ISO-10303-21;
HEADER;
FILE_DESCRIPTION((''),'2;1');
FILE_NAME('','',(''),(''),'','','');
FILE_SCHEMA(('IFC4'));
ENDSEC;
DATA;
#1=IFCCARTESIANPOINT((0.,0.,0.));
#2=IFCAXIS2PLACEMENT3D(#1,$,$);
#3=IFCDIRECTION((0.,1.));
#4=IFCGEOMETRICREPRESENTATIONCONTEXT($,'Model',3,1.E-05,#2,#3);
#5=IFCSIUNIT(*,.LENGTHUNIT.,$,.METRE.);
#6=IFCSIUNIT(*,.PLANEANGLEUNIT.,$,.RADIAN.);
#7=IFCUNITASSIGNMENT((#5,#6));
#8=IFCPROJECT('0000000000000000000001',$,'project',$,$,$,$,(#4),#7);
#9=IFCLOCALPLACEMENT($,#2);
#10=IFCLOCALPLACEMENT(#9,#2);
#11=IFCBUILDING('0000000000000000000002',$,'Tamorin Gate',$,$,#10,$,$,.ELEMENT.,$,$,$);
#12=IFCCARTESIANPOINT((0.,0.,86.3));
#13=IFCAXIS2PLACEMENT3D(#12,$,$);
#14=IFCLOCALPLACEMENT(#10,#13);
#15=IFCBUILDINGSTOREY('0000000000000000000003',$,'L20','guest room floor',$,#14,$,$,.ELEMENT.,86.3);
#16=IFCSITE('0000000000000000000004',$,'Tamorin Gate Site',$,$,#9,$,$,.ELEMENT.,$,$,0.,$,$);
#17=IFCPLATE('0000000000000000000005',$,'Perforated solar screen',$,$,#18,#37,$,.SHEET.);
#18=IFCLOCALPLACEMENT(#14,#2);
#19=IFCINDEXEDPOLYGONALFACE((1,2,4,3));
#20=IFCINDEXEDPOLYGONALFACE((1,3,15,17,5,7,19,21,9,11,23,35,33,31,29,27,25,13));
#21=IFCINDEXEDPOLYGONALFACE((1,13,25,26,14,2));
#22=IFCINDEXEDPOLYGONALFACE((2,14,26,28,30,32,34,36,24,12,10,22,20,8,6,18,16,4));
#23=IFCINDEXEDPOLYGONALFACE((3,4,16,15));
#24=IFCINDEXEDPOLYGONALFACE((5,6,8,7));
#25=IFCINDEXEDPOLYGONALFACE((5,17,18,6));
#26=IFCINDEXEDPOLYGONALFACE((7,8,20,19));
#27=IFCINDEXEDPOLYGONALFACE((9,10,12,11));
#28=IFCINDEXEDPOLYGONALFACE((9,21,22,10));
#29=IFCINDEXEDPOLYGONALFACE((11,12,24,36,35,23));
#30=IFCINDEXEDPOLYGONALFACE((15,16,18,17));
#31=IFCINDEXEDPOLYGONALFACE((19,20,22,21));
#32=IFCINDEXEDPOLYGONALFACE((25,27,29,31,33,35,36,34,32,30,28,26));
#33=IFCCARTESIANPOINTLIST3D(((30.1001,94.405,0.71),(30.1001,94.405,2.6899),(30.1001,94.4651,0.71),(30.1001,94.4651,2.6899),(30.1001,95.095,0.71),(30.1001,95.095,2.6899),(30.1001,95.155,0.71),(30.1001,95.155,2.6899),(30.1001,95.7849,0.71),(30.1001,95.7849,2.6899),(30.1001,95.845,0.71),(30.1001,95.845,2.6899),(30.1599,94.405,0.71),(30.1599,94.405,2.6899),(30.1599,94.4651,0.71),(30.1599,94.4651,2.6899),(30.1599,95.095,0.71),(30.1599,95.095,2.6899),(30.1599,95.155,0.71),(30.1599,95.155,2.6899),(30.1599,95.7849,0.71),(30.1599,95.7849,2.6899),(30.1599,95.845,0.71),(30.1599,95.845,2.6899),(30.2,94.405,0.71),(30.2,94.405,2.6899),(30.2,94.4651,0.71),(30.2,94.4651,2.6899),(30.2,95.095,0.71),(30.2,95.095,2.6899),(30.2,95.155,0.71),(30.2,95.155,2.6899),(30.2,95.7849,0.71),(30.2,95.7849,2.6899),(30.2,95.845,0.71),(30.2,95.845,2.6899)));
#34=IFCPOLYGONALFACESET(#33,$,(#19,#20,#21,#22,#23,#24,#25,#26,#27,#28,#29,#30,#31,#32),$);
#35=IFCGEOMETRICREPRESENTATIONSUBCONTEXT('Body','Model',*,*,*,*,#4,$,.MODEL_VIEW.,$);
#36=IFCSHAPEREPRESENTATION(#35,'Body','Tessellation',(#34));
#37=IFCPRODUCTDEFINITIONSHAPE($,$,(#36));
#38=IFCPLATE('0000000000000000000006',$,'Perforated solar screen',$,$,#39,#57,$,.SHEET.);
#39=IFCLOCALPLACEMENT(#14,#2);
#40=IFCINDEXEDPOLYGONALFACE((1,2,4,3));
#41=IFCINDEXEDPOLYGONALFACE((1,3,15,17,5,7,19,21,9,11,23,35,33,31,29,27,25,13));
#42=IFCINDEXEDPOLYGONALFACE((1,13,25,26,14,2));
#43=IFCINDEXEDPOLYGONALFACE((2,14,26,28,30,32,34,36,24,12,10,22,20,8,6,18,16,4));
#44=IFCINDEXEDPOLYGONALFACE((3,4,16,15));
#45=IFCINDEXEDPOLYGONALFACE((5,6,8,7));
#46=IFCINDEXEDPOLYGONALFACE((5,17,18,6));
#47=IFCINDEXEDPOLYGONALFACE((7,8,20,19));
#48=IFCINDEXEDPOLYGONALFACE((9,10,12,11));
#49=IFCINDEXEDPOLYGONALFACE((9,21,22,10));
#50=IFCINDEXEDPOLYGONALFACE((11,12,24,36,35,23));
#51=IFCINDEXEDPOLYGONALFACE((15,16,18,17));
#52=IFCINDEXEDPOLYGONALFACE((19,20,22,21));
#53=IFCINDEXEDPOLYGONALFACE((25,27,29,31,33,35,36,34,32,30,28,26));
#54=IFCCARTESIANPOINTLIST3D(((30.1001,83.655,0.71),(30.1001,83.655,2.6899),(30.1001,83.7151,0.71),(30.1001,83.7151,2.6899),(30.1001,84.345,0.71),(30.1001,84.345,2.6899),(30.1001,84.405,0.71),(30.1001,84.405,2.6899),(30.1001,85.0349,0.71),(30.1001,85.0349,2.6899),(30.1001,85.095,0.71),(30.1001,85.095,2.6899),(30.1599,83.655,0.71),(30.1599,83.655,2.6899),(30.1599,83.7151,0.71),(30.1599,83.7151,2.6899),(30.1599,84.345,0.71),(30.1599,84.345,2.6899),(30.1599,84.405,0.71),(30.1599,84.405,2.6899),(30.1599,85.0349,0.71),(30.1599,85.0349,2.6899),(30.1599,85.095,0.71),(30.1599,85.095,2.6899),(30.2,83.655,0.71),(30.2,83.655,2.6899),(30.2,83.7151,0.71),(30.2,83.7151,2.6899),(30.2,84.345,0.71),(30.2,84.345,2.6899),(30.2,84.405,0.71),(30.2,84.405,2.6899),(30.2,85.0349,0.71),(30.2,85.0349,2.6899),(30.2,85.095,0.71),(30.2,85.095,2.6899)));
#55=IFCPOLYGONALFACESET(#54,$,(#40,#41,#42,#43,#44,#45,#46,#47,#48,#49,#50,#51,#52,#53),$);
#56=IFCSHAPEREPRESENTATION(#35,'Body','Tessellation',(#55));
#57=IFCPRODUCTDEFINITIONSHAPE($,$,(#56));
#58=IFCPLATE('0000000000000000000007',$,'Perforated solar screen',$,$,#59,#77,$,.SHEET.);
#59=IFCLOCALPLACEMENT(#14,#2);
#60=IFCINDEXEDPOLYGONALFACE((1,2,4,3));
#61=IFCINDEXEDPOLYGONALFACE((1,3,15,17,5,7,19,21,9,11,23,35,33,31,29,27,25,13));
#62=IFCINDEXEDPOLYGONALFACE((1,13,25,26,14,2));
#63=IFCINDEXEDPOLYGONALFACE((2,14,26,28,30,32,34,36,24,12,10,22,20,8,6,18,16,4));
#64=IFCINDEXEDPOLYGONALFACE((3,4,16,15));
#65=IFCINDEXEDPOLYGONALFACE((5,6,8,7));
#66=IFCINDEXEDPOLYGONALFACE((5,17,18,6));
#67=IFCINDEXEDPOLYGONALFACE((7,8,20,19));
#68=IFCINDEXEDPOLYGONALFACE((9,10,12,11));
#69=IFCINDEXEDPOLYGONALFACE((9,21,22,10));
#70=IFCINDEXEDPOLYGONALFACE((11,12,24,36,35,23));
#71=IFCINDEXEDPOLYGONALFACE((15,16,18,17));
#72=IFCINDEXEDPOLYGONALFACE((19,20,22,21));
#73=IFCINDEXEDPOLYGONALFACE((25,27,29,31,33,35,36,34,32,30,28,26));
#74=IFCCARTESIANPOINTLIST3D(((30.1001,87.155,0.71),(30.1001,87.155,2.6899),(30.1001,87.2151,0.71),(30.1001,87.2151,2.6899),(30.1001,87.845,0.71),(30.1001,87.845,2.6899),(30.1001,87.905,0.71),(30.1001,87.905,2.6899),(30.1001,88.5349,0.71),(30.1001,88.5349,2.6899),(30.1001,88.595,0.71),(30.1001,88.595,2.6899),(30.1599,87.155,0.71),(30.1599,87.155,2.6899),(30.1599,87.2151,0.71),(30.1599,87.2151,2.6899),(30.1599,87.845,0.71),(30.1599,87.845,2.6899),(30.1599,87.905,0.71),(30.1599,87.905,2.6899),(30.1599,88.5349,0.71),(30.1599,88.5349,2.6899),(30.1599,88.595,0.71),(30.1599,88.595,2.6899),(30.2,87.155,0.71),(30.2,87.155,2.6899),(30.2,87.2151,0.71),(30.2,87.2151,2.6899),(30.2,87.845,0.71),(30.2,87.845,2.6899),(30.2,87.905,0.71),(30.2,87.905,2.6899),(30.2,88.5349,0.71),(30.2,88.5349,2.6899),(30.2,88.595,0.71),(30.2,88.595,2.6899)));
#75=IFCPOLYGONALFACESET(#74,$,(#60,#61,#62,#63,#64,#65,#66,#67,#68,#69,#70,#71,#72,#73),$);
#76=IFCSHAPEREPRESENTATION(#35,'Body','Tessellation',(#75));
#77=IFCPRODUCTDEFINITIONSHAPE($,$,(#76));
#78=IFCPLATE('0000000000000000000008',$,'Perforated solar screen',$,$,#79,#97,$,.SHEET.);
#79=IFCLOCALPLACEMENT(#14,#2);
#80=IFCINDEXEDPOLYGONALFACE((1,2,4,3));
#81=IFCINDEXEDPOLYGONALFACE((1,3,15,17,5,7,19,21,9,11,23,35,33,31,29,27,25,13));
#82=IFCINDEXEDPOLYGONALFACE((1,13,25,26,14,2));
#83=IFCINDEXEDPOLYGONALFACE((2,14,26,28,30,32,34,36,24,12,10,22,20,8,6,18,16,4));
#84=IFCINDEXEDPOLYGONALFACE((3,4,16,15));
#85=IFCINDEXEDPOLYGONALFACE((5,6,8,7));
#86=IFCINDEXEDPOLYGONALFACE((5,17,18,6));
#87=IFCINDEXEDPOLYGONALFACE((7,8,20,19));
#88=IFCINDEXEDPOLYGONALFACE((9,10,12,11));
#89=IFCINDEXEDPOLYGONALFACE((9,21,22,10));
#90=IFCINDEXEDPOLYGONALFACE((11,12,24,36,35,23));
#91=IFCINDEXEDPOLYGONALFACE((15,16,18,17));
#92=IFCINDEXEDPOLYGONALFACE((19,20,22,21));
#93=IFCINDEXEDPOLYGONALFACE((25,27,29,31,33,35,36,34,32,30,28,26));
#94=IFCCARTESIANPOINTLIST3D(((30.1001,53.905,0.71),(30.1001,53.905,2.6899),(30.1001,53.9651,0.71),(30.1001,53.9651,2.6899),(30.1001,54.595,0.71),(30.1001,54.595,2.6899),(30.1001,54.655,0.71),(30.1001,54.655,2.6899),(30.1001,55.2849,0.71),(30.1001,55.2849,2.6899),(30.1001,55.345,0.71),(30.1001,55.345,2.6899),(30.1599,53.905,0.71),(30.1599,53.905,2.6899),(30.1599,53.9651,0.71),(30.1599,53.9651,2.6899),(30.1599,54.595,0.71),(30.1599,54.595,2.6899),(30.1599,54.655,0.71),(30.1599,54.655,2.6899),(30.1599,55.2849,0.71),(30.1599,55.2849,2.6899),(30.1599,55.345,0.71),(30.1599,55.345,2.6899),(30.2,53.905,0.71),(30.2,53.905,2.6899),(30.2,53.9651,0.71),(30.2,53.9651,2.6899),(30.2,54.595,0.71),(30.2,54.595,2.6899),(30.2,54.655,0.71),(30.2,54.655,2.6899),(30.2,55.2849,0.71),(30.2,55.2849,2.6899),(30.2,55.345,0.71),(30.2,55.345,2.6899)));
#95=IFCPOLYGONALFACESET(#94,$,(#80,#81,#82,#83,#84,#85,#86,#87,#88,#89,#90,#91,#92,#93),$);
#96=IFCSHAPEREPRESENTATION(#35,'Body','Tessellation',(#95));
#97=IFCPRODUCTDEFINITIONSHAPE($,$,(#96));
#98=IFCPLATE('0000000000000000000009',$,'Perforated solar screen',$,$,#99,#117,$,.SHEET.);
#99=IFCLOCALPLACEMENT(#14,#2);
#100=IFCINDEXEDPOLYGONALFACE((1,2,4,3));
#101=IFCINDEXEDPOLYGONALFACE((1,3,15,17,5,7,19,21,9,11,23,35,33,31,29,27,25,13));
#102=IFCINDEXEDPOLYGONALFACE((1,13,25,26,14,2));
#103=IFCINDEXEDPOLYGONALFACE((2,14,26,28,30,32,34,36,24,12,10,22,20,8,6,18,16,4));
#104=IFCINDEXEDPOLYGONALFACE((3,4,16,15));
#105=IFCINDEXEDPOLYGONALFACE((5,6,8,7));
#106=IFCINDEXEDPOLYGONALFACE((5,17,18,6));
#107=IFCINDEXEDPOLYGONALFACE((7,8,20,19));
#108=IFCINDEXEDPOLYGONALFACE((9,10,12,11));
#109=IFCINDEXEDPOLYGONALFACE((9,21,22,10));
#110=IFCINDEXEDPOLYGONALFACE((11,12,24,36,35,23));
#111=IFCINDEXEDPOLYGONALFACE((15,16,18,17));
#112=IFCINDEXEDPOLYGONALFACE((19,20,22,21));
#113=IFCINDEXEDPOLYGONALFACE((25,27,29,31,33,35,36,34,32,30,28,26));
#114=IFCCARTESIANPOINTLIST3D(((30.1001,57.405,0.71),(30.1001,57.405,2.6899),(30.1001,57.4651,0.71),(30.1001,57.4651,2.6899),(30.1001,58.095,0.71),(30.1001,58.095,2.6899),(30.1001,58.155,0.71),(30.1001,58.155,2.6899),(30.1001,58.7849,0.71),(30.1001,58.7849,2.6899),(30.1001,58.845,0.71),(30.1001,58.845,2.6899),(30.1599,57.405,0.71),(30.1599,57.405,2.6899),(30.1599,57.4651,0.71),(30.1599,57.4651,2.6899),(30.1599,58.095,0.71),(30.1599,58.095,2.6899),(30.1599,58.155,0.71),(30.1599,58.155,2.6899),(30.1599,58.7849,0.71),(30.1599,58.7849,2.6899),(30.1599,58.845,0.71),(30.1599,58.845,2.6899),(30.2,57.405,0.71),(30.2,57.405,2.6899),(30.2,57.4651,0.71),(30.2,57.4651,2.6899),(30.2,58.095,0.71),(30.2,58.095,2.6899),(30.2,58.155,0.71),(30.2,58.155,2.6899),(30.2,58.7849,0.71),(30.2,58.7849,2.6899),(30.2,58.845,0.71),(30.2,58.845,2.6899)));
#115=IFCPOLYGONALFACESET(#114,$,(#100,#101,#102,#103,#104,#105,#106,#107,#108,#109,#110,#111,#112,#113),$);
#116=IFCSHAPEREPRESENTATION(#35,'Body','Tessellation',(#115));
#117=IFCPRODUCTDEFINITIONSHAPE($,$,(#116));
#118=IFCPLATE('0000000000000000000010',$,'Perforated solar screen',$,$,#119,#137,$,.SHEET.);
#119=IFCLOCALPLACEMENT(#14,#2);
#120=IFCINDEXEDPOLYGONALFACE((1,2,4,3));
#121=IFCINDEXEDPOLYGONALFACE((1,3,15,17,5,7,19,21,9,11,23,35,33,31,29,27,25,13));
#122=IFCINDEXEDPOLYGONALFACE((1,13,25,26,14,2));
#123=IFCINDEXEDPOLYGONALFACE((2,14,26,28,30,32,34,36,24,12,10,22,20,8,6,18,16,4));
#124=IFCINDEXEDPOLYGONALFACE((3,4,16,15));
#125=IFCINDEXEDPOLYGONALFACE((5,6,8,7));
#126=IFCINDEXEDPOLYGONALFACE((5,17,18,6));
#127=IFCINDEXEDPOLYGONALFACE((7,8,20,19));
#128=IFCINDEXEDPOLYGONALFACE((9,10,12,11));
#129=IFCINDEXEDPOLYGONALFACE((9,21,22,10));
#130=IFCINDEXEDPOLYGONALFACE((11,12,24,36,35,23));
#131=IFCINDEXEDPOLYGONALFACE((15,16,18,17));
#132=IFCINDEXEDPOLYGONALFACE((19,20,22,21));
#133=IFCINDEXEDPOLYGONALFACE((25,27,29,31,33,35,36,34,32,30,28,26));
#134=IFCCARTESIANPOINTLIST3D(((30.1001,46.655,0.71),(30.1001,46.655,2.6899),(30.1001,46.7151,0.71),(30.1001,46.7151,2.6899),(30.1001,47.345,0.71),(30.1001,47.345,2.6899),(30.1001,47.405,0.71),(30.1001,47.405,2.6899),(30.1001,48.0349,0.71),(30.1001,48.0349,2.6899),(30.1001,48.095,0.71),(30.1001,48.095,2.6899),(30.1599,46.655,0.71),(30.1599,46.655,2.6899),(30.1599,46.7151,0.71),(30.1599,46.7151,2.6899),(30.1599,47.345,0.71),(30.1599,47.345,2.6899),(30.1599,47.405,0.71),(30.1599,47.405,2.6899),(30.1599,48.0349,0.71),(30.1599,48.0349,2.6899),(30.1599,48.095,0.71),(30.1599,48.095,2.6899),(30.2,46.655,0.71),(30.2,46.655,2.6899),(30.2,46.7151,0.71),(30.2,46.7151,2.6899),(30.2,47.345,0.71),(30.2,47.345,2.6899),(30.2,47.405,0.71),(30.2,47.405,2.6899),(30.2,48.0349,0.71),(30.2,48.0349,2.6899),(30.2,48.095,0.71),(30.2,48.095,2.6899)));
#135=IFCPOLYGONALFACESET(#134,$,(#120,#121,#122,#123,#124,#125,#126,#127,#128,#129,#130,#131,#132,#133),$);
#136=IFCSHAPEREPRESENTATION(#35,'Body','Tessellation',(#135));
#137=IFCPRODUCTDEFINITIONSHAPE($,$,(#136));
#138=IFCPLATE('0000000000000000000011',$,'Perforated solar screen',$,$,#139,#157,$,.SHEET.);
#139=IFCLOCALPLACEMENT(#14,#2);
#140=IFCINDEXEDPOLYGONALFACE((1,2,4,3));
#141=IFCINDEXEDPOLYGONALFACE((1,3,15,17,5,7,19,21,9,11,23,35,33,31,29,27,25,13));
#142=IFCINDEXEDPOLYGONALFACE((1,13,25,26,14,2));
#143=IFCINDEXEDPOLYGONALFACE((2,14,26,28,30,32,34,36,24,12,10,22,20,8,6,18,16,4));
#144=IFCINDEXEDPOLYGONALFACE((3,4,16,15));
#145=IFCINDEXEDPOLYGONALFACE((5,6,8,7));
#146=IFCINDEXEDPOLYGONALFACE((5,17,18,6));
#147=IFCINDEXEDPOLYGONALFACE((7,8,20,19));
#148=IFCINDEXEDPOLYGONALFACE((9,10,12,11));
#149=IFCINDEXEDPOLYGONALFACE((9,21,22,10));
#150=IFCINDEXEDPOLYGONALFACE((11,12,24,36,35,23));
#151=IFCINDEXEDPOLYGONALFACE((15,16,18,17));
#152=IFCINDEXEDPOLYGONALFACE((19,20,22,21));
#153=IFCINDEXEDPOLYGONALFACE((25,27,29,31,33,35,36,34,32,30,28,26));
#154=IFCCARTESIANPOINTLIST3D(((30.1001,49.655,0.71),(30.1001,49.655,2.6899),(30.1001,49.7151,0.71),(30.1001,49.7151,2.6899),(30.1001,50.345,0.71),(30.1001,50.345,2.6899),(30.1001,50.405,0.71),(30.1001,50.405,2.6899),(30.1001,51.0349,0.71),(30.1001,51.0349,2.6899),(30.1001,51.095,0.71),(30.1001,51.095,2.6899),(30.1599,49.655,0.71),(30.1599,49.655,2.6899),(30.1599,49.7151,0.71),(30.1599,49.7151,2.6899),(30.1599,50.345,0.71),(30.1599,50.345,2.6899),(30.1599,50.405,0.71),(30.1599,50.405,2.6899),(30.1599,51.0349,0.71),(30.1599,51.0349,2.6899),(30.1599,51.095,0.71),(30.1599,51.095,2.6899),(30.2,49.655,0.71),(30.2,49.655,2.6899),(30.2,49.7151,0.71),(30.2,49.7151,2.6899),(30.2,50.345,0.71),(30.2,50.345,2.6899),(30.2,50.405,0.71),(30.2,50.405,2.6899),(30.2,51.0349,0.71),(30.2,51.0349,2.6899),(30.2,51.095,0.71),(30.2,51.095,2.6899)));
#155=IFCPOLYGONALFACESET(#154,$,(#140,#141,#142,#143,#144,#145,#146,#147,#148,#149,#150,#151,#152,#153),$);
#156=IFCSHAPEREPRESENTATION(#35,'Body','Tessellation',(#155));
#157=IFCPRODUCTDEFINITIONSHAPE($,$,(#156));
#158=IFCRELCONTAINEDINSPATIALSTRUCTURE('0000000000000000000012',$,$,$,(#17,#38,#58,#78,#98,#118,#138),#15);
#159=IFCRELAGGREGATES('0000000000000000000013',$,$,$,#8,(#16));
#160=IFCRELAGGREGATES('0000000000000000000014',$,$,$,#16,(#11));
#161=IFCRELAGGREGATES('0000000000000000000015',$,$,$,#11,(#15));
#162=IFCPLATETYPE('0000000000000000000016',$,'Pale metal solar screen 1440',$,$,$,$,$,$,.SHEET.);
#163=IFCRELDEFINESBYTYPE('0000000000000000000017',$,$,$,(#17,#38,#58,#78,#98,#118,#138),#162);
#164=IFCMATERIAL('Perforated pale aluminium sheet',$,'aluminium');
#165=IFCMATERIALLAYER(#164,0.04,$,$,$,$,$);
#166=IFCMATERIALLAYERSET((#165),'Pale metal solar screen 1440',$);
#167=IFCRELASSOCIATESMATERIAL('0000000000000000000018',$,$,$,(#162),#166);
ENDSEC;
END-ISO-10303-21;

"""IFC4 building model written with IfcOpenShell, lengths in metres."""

from ifc_helpers import new_model, si_unit, direction, frame, origin, place, context, subcontext, project, spatial, polyline, outline, extrude, material, layer, layer_set, type_object, element, save


model = new_model("IFC4")

# Units and contexts
model_context = context("Model", 3, precision=1e-05, world=origin(), true_north=direction((0.0, 1.0)))
body_context = subcontext(model_context, "Body", "Model", "MODEL_VIEW")
ifc_project = project(units=[si_unit("LENGTHUNIT", "METRE"), si_unit("PLANEANGLEUNIT", "RADIAN")], contexts=[model_context])

# Site, building, storey
site_placement = place(None, origin())
site = spatial("IfcSite", under=ifc_project, at=site_placement, Name="Tamorin Gate Site", CompositionType="ELEMENT", RefElevation=0.0)
building_placement = place(site_placement, origin())
building = spatial("IfcBuilding", under=site, at=building_placement, Name="Tamorin Gate", CompositionType="ELEMENT")
storey_placement = place(building_placement, frame((0.0, 0.0, 86.3)))
storey = spatial("IfcBuildingStorey", under=building, at=storey_placement, Name="L20", Description="guest room floor", CompositionType="ELEMENT", Elevation=86.3)

# Plates
ifc_material_1 = material(Name="Perforated pale aluminium sheet", Category="aluminium")
ifc_layer_1 = layer(ifc_material_1, 0.04)
ifc_layer_set_1 = layer_set([ifc_layer_1], Name="Pale metal solar screen 1440")
plate_type = type_object("IfcPlateType", Name="Pale metal solar screen 1440", PredefinedType="SHEET", material=ifc_layer_set_1)
plate_1_placement = place(storey_placement, frame((0.0, 0.0, 0.71)))
element("IfcPlate", 1, at=plate_1_placement, inside=storey, type_object=plate_type, Name="Perforated solar screen", PredefinedType="SHEET", context=body_context, shape_type="SweptSolid", body=[
    extrude(outline(polyline([(30.1599, 95.845), (30.2, 95.845), (30.2, 95.7849), (30.2, 95.155), (30.2, 95.095), (30.2, 94.4651), (30.2, 94.405), (30.2, 94.405), (30.1599, 94.405), (30.1599, 94.405), (30.1001, 94.405), (30.1001, 94.4651), (30.1599, 94.4651), (30.1599, 95.095), (30.1001, 95.095), (30.1001, 95.155), (30.1599, 95.155), (30.1599, 95.7849), (30.1001, 95.7849), (30.1001, 95.845), (30.1599, 95.845)])), origin(), (0.0, 0.0, 1.0), 1.98),
])
plate_2_placement = place(storey_placement, frame((0.0, 0.0, 0.71)))
element("IfcPlate", 2, at=plate_2_placement, inside=storey, type_object=plate_type, Name="Perforated solar screen", PredefinedType="SHEET", context=body_context, shape_type="SweptSolid", body=[
    extrude(outline(polyline([(30.1599, 85.095), (30.2, 85.095), (30.2, 85.0349), (30.2, 84.405), (30.2, 84.345), (30.2, 83.7151), (30.2, 83.655), (30.1599, 83.655), (30.1001, 83.655), (30.1001, 83.7151), (30.1599, 83.7151), (30.1599, 84.345), (30.1001, 84.345), (30.1001, 84.405), (30.1599, 84.405), (30.1599, 85.0349), (30.1001, 85.0349), (30.1001, 85.095), (30.1599, 85.095)])), origin(), (0.0, 0.0, 1.0), 1.98),
])
plate_3_placement = place(storey_placement, frame((0.0, 0.0, 0.71)))
element("IfcPlate", 3, at=plate_3_placement, inside=storey, type_object=plate_type, Name="Perforated solar screen", PredefinedType="SHEET", context=body_context, shape_type="SweptSolid", body=[
    extrude(outline(polyline([(30.1599, 88.595), (30.2, 88.595), (30.2, 88.5349), (30.2, 87.905), (30.2, 87.845), (30.2, 87.2151), (30.2, 87.155), (30.1599, 87.155), (30.1001, 87.155), (30.1001, 87.2151), (30.1599, 87.2151), (30.1599, 87.845), (30.1001, 87.845), (30.1001, 87.905), (30.1599, 87.905), (30.1599, 88.5349), (30.1001, 88.5349), (30.1001, 88.595), (30.1599, 88.595)])), origin(), (0.0, 0.0, 1.0), 1.98),
])
plate_4_placement = place(storey_placement, frame((0.0, 0.0, 0.71)))
element("IfcPlate", 4, at=plate_4_placement, inside=storey, type_object=plate_type, Name="Perforated solar screen", PredefinedType="SHEET", context=body_context, shape_type="SweptSolid", body=[
    extrude(outline(polyline([(30.1599, 55.345), (30.2, 55.345), (30.2, 55.2849), (30.2, 54.655), (30.2, 54.595), (30.2, 53.9651), (30.2, 53.905), (30.1599, 53.905), (30.1001, 53.905), (30.1001, 53.9651), (30.1599, 53.9651), (30.1599, 54.595), (30.1001, 54.595), (30.1001, 54.655), (30.1599, 54.655), (30.1599, 55.2849), (30.1001, 55.2849), (30.1001, 55.345), (30.1599, 55.345)])), origin(), (0.0, 0.0, 1.0), 1.98),
])
plate_5_placement = place(storey_placement, frame((0.0, 0.0, 0.71)))
element("IfcPlate", 5, at=plate_5_placement, inside=storey, type_object=plate_type, Name="Perforated solar screen", PredefinedType="SHEET", context=body_context, shape_type="SweptSolid", body=[
    extrude(outline(polyline([(30.1599, 58.845), (30.2, 58.845), (30.2, 58.7849), (30.2, 58.155), (30.2, 58.095), (30.2, 57.4651), (30.2, 57.405), (30.1599, 57.405), (30.1001, 57.405), (30.1001, 57.4651), (30.1599, 57.4651), (30.1599, 58.095), (30.1001, 58.095), (30.1001, 58.155), (30.1599, 58.155), (30.1599, 58.7849), (30.1001, 58.7849), (30.1001, 58.845), (30.1599, 58.845)])), origin(), (0.0, 0.0, 1.0), 1.98),
])
plate_6_placement = place(storey_placement, frame((0.0, 0.0, 0.71)))
element("IfcPlate", 6, at=plate_6_placement, inside=storey, type_object=plate_type, Name="Perforated solar screen", PredefinedType="SHEET", context=body_context, shape_type="SweptSolid", body=[
    extrude(outline(polyline([(30.1599, 48.095), (30.2, 48.095), (30.2, 48.0349), (30.2, 47.405), (30.2, 47.345), (30.2, 46.7151), (30.2, 46.655), (30.1599, 46.655), (30.1001, 46.655), (30.1001, 46.7151), (30.1599, 46.7151), (30.1599, 47.345), (30.1001, 47.345), (30.1001, 47.405), (30.1599, 47.405), (30.1599, 48.0349), (30.1001, 48.0349), (30.1001, 48.095), (30.1599, 48.095)])), origin(), (0.0, 0.0, 1.0), 1.98),
])
plate_7_placement = place(storey_placement, frame((0.0, 0.0, 0.71)))
element("IfcPlate", 7, at=plate_7_placement, inside=storey, type_object=plate_type, Name="Perforated solar screen", PredefinedType="SHEET", context=body_context, shape_type="SweptSolid", body=[
    extrude(outline(polyline([(30.1599, 51.095), (30.2, 51.095), (30.2, 51.0349), (30.2, 50.405), (30.2, 50.345), (30.2, 49.7151), (30.2, 49.655), (30.1599, 49.655), (30.1001, 49.655), (30.1001, 49.7151), (30.1599, 49.7151), (30.1599, 50.345), (30.1001, 50.345), (30.1001, 50.405), (30.1599, 50.405), (30.1599, 51.0349), (30.1001, 51.0349), (30.1001, 51.095), (30.1599, 51.095)])), origin(), (0.0, 0.0, 1.0), 1.98),
])

save(model, "model.ifc")
